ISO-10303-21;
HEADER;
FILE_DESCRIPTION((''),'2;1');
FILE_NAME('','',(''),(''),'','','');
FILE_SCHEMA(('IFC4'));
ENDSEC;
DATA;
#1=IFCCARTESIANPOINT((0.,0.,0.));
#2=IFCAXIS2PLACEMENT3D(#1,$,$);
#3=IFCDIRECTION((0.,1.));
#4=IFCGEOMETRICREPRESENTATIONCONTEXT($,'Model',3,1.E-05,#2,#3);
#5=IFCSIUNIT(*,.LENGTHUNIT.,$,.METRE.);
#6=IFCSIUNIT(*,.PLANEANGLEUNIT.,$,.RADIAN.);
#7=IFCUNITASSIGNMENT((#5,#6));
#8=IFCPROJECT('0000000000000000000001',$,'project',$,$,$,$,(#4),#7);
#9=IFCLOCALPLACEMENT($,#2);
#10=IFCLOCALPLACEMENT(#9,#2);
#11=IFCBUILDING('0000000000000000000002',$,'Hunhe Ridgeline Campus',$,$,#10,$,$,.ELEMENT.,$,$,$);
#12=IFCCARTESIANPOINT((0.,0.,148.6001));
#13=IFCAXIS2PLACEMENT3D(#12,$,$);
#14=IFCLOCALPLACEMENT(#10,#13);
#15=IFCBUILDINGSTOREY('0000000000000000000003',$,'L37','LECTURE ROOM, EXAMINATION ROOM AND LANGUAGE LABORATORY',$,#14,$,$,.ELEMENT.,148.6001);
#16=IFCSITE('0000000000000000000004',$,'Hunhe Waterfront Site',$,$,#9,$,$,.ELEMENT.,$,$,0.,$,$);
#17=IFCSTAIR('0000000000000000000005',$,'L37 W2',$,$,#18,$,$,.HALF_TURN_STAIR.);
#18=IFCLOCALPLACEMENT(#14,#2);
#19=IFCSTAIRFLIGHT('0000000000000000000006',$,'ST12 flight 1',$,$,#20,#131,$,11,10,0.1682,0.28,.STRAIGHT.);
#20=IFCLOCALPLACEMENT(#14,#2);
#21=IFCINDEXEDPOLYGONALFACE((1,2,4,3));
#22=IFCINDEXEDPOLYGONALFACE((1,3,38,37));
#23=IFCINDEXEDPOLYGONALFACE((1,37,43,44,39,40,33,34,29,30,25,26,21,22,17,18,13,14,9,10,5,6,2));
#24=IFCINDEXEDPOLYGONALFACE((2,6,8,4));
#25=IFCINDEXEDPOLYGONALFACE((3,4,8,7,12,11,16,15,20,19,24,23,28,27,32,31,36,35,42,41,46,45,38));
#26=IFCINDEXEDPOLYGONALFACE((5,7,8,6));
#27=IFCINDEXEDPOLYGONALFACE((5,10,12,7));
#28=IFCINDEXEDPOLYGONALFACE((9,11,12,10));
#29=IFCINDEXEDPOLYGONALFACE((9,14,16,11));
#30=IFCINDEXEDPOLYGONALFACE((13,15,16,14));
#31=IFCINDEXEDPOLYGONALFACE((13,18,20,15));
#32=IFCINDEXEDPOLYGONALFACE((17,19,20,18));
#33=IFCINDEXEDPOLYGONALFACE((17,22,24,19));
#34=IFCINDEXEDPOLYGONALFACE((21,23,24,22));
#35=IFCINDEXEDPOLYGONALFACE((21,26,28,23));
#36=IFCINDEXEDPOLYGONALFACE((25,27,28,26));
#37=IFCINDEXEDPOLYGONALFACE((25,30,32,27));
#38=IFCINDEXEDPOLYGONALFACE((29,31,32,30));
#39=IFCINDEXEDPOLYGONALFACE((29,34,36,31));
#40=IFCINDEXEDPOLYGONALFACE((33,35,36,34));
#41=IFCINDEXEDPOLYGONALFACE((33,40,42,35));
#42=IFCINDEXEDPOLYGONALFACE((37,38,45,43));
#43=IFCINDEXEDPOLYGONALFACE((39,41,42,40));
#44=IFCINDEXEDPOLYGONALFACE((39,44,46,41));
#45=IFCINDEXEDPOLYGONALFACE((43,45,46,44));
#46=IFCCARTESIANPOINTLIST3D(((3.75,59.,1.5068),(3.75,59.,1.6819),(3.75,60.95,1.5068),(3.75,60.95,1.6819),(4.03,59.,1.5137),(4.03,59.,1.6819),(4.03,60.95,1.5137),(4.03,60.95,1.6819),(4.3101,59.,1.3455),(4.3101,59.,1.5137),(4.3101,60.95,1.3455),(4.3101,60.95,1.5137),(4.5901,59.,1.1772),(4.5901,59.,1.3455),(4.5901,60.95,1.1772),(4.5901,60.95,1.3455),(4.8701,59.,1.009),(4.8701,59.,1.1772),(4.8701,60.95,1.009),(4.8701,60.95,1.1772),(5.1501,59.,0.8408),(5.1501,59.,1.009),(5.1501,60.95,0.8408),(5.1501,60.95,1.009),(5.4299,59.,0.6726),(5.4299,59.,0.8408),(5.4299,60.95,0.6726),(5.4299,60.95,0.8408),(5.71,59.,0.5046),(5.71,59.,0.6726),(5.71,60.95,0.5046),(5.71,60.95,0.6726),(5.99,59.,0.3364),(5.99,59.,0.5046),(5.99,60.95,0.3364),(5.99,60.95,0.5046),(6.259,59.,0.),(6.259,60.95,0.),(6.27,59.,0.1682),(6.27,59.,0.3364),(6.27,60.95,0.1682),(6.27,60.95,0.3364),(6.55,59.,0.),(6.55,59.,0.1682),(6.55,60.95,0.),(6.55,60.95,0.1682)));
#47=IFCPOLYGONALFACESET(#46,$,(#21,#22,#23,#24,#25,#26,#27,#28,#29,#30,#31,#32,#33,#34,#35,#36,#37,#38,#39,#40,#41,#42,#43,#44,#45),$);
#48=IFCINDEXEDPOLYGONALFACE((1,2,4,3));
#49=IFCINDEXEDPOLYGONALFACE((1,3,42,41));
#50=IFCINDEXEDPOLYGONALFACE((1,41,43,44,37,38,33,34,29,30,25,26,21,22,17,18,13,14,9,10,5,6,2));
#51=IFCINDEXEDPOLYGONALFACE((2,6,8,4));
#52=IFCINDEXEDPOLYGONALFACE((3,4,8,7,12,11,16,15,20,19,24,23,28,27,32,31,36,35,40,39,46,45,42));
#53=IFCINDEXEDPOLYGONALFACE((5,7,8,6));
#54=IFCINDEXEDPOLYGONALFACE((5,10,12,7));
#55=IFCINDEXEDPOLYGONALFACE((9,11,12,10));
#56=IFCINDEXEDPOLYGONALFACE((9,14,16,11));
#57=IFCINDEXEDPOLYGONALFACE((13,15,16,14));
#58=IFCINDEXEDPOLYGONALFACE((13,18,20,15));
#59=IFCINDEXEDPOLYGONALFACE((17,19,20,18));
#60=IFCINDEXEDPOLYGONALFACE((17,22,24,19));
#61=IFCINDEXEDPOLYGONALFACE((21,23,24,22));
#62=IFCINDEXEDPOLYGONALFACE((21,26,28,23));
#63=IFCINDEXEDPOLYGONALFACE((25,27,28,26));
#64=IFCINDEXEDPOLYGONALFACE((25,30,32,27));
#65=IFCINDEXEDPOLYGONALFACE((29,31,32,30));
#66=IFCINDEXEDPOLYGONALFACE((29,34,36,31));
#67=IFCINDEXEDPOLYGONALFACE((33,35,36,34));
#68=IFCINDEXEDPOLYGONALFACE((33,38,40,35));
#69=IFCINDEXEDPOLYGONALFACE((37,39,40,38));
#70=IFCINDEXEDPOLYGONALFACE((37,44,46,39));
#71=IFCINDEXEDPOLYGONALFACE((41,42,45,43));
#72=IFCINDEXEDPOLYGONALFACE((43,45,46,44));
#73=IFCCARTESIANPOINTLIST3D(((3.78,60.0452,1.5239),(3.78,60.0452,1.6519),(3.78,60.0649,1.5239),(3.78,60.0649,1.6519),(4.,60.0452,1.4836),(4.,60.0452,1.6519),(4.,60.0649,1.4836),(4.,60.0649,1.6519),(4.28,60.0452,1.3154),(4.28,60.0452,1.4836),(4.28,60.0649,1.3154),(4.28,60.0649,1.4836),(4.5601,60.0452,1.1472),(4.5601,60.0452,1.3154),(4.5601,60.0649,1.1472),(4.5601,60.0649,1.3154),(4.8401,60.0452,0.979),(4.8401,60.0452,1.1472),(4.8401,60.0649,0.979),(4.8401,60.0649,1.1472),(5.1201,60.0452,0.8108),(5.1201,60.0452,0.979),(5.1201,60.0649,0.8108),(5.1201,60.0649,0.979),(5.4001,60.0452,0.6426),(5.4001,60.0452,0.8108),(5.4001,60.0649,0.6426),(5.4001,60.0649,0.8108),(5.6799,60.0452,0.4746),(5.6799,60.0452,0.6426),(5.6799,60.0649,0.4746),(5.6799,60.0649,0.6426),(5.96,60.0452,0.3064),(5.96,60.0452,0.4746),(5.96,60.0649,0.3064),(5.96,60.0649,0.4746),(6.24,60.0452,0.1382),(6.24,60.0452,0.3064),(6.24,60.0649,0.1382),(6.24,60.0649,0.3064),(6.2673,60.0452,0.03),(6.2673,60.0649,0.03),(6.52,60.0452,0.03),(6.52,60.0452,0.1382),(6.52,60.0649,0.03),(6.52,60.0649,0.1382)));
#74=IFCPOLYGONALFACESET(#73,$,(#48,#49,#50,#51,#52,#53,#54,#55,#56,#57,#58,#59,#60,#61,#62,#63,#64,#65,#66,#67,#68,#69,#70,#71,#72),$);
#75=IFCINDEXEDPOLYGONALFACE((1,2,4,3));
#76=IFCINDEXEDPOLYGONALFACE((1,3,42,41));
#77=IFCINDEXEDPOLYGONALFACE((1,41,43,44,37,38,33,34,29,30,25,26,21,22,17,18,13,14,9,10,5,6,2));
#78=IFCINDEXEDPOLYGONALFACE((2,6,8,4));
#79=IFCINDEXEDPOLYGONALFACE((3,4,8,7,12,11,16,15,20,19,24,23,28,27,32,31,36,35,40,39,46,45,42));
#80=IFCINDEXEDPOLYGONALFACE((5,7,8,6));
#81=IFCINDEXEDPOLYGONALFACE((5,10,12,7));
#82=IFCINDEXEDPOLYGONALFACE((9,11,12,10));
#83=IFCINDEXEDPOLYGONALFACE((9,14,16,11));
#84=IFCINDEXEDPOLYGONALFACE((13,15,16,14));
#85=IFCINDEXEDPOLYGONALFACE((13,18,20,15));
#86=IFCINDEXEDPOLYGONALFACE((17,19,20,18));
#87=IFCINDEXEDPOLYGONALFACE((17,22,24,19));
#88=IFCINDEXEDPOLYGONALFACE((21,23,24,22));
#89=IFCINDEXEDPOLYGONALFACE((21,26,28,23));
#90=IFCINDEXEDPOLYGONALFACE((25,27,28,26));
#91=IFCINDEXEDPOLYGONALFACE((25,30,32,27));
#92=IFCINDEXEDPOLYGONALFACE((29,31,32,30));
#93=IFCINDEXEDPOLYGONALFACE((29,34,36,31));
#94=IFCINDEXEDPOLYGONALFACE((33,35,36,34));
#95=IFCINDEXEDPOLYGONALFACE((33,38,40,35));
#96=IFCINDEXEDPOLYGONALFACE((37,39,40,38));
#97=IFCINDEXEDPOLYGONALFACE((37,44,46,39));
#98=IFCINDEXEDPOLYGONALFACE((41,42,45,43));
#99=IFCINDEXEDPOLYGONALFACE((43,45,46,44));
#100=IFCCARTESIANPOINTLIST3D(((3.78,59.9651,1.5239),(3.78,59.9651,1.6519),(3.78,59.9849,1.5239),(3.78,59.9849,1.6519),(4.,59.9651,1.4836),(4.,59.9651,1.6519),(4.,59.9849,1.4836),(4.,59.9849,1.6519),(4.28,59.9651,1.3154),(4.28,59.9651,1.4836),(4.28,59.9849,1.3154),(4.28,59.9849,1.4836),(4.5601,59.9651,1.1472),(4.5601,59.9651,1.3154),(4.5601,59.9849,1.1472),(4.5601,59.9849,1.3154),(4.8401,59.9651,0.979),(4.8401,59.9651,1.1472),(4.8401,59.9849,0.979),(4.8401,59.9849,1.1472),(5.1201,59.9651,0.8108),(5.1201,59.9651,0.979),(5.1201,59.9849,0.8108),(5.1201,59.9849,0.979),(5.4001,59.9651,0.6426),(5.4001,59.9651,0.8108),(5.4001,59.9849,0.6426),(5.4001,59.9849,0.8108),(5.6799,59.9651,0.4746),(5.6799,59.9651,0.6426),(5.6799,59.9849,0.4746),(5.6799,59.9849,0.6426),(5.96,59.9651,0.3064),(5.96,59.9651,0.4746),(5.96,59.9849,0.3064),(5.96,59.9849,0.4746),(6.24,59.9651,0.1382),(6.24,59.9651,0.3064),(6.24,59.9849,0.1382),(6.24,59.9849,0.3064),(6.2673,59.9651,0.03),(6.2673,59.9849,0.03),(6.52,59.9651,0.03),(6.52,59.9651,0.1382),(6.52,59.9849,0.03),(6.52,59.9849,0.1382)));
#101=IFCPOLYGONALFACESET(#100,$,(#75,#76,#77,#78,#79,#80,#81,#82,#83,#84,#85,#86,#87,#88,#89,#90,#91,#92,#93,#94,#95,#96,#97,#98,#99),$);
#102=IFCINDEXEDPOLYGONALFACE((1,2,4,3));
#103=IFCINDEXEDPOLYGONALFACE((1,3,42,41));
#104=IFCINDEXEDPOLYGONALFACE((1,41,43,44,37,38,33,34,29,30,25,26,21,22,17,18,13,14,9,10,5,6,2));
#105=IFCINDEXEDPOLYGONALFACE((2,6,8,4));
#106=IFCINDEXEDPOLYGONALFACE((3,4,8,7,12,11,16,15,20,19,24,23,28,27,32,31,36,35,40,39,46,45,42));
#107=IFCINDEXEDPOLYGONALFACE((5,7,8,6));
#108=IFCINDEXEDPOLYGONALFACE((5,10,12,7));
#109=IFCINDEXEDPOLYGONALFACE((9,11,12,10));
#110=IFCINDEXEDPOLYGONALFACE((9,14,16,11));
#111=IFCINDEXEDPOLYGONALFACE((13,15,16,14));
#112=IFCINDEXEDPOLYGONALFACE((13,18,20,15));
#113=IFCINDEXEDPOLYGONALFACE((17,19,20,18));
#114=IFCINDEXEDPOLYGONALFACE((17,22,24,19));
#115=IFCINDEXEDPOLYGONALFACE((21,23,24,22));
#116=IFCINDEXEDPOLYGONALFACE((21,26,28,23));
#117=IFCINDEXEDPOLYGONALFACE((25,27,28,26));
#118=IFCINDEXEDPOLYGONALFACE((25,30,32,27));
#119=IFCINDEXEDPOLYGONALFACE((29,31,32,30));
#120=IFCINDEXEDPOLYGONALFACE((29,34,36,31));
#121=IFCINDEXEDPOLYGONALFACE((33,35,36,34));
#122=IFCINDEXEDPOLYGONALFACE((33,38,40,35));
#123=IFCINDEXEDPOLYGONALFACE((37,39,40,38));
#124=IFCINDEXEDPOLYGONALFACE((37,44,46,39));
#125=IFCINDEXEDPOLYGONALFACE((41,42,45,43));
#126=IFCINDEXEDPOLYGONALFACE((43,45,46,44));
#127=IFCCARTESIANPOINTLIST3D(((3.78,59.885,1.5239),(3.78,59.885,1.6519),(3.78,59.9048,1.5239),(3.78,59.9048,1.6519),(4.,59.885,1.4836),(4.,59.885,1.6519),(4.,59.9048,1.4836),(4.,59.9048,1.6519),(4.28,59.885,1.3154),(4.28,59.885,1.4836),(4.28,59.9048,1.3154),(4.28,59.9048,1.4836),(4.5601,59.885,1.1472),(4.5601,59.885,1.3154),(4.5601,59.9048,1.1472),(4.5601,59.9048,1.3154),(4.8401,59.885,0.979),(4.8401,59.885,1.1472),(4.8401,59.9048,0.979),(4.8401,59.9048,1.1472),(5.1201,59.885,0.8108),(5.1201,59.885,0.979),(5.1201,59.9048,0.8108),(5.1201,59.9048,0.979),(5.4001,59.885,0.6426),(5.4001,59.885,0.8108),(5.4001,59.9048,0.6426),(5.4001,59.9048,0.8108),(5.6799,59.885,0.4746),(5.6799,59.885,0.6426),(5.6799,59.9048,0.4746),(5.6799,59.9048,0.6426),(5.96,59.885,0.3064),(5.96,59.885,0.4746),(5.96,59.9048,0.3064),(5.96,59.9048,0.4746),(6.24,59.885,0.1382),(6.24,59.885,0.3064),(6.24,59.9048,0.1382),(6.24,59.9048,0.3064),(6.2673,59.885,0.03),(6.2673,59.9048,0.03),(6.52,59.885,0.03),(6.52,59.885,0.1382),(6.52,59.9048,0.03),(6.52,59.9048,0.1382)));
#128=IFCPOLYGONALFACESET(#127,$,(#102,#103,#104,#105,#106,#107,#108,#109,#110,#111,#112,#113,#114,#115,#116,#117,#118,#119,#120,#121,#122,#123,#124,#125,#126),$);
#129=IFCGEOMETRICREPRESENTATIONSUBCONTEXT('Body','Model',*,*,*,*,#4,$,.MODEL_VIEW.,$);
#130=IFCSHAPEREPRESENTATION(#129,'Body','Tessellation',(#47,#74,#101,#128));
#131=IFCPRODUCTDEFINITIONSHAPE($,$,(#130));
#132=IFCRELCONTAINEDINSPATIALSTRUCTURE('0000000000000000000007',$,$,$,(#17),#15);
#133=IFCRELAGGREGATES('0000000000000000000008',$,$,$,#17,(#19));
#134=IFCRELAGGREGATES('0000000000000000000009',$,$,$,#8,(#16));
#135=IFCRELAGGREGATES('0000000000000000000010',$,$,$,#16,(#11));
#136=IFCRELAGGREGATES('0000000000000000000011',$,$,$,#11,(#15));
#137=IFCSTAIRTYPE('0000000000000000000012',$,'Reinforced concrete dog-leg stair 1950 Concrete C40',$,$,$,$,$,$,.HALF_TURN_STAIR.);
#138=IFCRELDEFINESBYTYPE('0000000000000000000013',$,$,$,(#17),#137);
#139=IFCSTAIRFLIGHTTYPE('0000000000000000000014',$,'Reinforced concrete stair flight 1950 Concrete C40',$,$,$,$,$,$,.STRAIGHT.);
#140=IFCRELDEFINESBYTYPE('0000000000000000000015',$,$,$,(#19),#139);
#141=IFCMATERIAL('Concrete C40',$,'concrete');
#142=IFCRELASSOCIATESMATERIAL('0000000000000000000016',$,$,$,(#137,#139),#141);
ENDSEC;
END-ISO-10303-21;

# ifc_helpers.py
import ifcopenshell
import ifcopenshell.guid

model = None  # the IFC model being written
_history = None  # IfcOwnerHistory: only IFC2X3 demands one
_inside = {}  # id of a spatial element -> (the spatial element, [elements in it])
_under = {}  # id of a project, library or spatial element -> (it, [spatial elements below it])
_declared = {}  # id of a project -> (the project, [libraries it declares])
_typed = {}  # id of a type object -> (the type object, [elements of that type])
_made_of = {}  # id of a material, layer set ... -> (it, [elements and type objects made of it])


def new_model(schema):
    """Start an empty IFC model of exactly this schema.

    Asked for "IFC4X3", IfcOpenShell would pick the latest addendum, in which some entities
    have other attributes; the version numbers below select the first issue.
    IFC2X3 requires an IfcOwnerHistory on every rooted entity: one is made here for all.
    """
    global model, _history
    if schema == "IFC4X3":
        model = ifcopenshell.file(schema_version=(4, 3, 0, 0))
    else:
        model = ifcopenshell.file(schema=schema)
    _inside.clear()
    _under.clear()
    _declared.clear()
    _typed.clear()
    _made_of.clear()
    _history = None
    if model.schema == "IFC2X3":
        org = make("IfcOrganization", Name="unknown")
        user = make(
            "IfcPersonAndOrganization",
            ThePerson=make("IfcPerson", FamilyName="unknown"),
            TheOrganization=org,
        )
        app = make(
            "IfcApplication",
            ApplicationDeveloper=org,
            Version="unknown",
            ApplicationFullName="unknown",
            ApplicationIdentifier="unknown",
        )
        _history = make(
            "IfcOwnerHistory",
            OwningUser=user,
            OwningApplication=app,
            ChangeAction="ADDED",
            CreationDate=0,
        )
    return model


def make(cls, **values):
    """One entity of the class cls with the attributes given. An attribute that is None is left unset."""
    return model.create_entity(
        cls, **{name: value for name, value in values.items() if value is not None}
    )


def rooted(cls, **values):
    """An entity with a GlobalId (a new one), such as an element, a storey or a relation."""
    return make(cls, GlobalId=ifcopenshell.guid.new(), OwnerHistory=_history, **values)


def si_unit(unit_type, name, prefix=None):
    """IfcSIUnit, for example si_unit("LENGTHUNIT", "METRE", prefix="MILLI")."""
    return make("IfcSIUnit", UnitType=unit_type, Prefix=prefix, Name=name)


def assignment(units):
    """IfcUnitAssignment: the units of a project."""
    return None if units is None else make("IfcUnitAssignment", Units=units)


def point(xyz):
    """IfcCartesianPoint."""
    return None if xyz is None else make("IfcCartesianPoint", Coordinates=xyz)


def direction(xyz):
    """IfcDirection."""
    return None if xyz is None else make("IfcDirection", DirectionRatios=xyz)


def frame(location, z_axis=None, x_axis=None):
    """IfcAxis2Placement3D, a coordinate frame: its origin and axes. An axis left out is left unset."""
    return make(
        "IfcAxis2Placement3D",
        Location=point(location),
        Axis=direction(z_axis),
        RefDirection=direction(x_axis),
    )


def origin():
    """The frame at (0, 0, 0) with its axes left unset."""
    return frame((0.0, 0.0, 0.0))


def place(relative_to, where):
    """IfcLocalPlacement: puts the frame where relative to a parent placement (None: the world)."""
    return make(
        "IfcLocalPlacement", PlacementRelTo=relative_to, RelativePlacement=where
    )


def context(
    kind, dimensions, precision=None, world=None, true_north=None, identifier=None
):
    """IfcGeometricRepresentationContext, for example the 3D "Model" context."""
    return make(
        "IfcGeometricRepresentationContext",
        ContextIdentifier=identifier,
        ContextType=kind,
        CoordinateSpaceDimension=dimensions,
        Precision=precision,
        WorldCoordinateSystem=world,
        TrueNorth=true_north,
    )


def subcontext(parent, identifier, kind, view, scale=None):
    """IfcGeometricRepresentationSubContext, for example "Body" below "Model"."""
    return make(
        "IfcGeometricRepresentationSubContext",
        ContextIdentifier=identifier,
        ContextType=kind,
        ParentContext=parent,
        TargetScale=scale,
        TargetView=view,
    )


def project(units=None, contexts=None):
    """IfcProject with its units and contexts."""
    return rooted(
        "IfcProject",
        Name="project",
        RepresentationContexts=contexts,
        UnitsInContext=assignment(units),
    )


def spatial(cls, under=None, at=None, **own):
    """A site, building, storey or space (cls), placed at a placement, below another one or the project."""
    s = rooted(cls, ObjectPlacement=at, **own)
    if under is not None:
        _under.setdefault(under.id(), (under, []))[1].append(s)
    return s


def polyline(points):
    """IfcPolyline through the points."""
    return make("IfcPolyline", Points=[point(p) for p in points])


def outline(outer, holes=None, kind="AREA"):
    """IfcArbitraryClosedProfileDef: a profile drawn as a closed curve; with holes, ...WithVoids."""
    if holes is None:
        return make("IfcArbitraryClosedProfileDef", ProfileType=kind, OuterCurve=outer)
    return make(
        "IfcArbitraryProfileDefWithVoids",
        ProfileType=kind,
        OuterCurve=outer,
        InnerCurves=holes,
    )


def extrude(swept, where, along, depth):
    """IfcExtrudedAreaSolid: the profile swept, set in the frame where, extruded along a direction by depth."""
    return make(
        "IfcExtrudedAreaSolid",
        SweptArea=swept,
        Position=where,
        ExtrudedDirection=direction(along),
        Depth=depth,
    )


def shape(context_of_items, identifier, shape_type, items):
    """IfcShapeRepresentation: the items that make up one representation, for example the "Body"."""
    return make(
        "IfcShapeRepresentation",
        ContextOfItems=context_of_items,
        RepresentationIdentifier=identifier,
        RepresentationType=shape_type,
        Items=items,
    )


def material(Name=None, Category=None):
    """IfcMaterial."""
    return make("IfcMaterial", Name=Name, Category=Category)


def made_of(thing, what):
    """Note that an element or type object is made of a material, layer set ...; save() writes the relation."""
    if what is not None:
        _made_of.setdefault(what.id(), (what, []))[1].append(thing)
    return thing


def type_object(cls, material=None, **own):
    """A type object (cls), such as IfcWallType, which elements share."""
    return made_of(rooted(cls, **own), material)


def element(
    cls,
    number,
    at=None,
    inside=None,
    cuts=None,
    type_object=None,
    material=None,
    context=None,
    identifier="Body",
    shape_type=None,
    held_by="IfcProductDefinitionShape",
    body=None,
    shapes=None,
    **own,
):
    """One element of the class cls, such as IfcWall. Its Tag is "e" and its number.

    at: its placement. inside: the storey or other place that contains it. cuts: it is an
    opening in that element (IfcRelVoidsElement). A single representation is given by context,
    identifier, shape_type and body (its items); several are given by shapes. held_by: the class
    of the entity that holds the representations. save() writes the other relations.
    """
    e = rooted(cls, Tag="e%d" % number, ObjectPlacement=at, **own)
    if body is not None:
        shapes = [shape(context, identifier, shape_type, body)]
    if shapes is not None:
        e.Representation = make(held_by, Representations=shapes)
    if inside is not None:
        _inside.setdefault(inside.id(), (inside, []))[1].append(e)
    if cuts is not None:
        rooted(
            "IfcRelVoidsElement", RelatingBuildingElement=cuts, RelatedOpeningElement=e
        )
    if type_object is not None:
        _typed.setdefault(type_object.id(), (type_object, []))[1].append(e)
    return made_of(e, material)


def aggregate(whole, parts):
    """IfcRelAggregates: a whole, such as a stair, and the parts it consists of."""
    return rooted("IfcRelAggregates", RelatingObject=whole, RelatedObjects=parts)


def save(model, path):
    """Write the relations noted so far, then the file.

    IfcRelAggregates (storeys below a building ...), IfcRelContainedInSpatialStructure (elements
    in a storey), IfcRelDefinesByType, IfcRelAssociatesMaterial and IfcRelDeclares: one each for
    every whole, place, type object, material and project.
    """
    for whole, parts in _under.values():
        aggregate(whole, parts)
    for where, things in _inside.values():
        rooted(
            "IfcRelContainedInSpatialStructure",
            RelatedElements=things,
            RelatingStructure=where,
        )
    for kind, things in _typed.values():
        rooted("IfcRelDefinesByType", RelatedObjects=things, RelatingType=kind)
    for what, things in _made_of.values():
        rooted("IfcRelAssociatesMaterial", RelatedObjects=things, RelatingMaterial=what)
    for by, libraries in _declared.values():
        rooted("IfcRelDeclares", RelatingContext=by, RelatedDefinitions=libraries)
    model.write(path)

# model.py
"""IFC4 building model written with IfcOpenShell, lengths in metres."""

from ifc_helpers import new_model, si_unit, direction, frame, origin, place, context, subcontext, project, spatial, polyline, outline, extrude, material, type_object, element, aggregate, save


model = new_model("IFC4")

# Units and contexts
model_context = context("Model", 3, precision=1e-05, world=origin(), true_north=direction((0.0, 1.0)))
body_context = subcontext(model_context, "Body", "Model", "MODEL_VIEW")
ifc_project = project(units=[si_unit("LENGTHUNIT", "METRE"), si_unit("PLANEANGLEUNIT", "RADIAN")], contexts=[model_context])

# Site, building, storey
site_placement = place(None, origin())
site = spatial("IfcSite", under=ifc_project, at=site_placement, Name="Hunhe Waterfront Site", CompositionType="ELEMENT", RefElevation=0.0)
building_placement = place(site_placement, origin())
building = spatial("IfcBuilding", under=site, at=building_placement, Name="Hunhe Ridgeline Campus", CompositionType="ELEMENT")
storey_placement = place(building_placement, frame((0.0, 0.0, 148.6001)))
storey = spatial("IfcBuildingStorey", under=building, at=storey_placement, Name="L37", Description="LECTURE ROOM, EXAMINATION ROOM AND LANGUAGE LABORATORY", CompositionType="ELEMENT", Elevation=148.6001)

# Stair, stair flight
ifc_material_1 = material(Name="Concrete C40", Category="concrete")
stair_type = type_object("IfcStairType", Name="Reinforced concrete dog-leg stair 1950 Concrete C40", PredefinedType="HALF_TURN_STAIR", material=ifc_material_1)
stair_flight_type = type_object("IfcStairFlightType", Name="Reinforced concrete stair flight 1950 Concrete C40", PredefinedType="STRAIGHT", material=ifc_material_1)
stair_1_placement = place(storey_placement, origin())
stair_1 = element("IfcStair", 1, at=stair_1_placement, inside=storey, type_object=stair_type, Name="L37 W2", PredefinedType="HALF_TURN_STAIR")
stair_flight_1_placement = place(storey_placement, frame((6.55, 59.9751, 0.0), z_axis=(0.0, 0.0, 1.0), x_axis=(-1.0, 0.0, 0.0)))
stair_flight_1 = element("IfcStairFlight", 2, at=stair_flight_1_placement, type_object=stair_flight_type, Name="ST12 flight 1", NumberOfRisers=11, NumberOfTreads=10, PredefinedType="STRAIGHT", RiserHeight=0.1682, TreadLength=0.28, context=body_context, shape_type="SweptSolid", body=[
    extrude(outline(polyline([(0.0, 0.0), (0.0, 0.1682), (0.28, 0.1682), (0.28, 0.3364), (0.5601, 0.3364), (0.5601, 0.5046), (0.8401, 0.5046), (0.8401, 0.6726), (1.1201, 0.6726), (1.1201, 0.8408), (1.3999, 0.8408), (1.3999, 1.009), (1.6799, 1.009), (1.6799, 1.1772), (1.96, 1.1772), (1.96, 1.3455), (2.24, 1.3455), (2.24, 1.5137), (2.52, 1.5137), (2.52, 1.6819), (2.8, 1.6819), (2.8, 1.8501), (2.8, 1.5068), (0.291, 0.0), (0.0, 0.0)])), frame((0.0, 0.9751, 0.0), z_axis=(0.0, -1.0, 0.0), x_axis=(1.0, 0.0, 0.0)), (0.0, 0.0, 1.0), 1.95),
    extrude(outline(polyline([(0.03, 0.03), (0.03, 0.1382), (0.3101, 0.1382), (0.3101, 0.3064), (0.5901, 0.3064), (0.5901, 0.4746), (0.8701, 0.4746), (0.8701, 0.6426), (1.1499, 0.6426), (1.1499, 0.8108), (1.4299, 0.8108), (1.4299, 0.979), (1.71, 0.979), (1.71, 1.1472), (1.99, 1.1472), (1.99, 1.3154), (2.27, 1.3154), (2.27, 1.4836), (2.55, 1.4836), (2.55, 1.6519), (2.77, 1.6519), (2.77, 1.5239), (0.2827, 0.03), (0.03, 0.03)])), frame((0.0, -0.0701, 0.0), z_axis=(0.0, -1.0, 0.0), x_axis=(1.0, 0.0, 0.0)), (0.0, 0.0, 1.0), 0.0198),
    extrude(outline(polyline([(0.03, 0.03), (0.03, 0.1382), (0.3101, 0.1382), (0.3101, 0.3064), (0.5901, 0.3064), (0.5901, 0.4746), (0.8701, 0.4746), (0.8701, 0.6426), (1.1499, 0.6426), (1.1499, 0.8108), (1.4299, 0.8108), (1.4299, 0.979), (1.71, 0.979), (1.71, 1.1472), (1.99, 1.1472), (1.99, 1.3154), (2.27, 1.3154), (2.27, 1.4836), (2.55, 1.4836), (2.55, 1.6519), (2.77, 1.6519), (2.77, 1.5239), (0.2827, 0.03), (0.03, 0.03)])), frame((0.0, 0.01, 0.0), z_axis=(0.0, -1.0, 0.0), x_axis=(1.0, 0.0, 0.0)), (0.0, 0.0, 1.0), 0.0198),
    extrude(outline(polyline([(0.03, 0.03), (0.03, 0.1382), (0.3101, 0.1382), (0.3101, 0.3064), (0.5901, 0.3064), (0.5901, 0.4746), (0.8701, 0.4746), (0.8701, 0.6426), (1.1499, 0.6426), (1.1499, 0.8108), (1.4299, 0.8108), (1.4299, 0.979), (1.71, 0.979), (1.71, 1.1472), (1.99, 1.1472), (1.99, 1.3154), (2.27, 1.3154), (2.27, 1.4836), (2.55, 1.4836), (2.55, 1.6519), (2.77, 1.6519), (2.77, 1.5239), (0.2827, 0.03), (0.03, 0.03)])), frame((0.0, 0.0901, 0.0), z_axis=(0.0, -1.0, 0.0), x_axis=(1.0, 0.0, 0.0)), (0.0, 0.0, 1.0), 0.0198),
])
aggregate(stair_1, [stair_flight_1])

save(model, "model.ifc")
